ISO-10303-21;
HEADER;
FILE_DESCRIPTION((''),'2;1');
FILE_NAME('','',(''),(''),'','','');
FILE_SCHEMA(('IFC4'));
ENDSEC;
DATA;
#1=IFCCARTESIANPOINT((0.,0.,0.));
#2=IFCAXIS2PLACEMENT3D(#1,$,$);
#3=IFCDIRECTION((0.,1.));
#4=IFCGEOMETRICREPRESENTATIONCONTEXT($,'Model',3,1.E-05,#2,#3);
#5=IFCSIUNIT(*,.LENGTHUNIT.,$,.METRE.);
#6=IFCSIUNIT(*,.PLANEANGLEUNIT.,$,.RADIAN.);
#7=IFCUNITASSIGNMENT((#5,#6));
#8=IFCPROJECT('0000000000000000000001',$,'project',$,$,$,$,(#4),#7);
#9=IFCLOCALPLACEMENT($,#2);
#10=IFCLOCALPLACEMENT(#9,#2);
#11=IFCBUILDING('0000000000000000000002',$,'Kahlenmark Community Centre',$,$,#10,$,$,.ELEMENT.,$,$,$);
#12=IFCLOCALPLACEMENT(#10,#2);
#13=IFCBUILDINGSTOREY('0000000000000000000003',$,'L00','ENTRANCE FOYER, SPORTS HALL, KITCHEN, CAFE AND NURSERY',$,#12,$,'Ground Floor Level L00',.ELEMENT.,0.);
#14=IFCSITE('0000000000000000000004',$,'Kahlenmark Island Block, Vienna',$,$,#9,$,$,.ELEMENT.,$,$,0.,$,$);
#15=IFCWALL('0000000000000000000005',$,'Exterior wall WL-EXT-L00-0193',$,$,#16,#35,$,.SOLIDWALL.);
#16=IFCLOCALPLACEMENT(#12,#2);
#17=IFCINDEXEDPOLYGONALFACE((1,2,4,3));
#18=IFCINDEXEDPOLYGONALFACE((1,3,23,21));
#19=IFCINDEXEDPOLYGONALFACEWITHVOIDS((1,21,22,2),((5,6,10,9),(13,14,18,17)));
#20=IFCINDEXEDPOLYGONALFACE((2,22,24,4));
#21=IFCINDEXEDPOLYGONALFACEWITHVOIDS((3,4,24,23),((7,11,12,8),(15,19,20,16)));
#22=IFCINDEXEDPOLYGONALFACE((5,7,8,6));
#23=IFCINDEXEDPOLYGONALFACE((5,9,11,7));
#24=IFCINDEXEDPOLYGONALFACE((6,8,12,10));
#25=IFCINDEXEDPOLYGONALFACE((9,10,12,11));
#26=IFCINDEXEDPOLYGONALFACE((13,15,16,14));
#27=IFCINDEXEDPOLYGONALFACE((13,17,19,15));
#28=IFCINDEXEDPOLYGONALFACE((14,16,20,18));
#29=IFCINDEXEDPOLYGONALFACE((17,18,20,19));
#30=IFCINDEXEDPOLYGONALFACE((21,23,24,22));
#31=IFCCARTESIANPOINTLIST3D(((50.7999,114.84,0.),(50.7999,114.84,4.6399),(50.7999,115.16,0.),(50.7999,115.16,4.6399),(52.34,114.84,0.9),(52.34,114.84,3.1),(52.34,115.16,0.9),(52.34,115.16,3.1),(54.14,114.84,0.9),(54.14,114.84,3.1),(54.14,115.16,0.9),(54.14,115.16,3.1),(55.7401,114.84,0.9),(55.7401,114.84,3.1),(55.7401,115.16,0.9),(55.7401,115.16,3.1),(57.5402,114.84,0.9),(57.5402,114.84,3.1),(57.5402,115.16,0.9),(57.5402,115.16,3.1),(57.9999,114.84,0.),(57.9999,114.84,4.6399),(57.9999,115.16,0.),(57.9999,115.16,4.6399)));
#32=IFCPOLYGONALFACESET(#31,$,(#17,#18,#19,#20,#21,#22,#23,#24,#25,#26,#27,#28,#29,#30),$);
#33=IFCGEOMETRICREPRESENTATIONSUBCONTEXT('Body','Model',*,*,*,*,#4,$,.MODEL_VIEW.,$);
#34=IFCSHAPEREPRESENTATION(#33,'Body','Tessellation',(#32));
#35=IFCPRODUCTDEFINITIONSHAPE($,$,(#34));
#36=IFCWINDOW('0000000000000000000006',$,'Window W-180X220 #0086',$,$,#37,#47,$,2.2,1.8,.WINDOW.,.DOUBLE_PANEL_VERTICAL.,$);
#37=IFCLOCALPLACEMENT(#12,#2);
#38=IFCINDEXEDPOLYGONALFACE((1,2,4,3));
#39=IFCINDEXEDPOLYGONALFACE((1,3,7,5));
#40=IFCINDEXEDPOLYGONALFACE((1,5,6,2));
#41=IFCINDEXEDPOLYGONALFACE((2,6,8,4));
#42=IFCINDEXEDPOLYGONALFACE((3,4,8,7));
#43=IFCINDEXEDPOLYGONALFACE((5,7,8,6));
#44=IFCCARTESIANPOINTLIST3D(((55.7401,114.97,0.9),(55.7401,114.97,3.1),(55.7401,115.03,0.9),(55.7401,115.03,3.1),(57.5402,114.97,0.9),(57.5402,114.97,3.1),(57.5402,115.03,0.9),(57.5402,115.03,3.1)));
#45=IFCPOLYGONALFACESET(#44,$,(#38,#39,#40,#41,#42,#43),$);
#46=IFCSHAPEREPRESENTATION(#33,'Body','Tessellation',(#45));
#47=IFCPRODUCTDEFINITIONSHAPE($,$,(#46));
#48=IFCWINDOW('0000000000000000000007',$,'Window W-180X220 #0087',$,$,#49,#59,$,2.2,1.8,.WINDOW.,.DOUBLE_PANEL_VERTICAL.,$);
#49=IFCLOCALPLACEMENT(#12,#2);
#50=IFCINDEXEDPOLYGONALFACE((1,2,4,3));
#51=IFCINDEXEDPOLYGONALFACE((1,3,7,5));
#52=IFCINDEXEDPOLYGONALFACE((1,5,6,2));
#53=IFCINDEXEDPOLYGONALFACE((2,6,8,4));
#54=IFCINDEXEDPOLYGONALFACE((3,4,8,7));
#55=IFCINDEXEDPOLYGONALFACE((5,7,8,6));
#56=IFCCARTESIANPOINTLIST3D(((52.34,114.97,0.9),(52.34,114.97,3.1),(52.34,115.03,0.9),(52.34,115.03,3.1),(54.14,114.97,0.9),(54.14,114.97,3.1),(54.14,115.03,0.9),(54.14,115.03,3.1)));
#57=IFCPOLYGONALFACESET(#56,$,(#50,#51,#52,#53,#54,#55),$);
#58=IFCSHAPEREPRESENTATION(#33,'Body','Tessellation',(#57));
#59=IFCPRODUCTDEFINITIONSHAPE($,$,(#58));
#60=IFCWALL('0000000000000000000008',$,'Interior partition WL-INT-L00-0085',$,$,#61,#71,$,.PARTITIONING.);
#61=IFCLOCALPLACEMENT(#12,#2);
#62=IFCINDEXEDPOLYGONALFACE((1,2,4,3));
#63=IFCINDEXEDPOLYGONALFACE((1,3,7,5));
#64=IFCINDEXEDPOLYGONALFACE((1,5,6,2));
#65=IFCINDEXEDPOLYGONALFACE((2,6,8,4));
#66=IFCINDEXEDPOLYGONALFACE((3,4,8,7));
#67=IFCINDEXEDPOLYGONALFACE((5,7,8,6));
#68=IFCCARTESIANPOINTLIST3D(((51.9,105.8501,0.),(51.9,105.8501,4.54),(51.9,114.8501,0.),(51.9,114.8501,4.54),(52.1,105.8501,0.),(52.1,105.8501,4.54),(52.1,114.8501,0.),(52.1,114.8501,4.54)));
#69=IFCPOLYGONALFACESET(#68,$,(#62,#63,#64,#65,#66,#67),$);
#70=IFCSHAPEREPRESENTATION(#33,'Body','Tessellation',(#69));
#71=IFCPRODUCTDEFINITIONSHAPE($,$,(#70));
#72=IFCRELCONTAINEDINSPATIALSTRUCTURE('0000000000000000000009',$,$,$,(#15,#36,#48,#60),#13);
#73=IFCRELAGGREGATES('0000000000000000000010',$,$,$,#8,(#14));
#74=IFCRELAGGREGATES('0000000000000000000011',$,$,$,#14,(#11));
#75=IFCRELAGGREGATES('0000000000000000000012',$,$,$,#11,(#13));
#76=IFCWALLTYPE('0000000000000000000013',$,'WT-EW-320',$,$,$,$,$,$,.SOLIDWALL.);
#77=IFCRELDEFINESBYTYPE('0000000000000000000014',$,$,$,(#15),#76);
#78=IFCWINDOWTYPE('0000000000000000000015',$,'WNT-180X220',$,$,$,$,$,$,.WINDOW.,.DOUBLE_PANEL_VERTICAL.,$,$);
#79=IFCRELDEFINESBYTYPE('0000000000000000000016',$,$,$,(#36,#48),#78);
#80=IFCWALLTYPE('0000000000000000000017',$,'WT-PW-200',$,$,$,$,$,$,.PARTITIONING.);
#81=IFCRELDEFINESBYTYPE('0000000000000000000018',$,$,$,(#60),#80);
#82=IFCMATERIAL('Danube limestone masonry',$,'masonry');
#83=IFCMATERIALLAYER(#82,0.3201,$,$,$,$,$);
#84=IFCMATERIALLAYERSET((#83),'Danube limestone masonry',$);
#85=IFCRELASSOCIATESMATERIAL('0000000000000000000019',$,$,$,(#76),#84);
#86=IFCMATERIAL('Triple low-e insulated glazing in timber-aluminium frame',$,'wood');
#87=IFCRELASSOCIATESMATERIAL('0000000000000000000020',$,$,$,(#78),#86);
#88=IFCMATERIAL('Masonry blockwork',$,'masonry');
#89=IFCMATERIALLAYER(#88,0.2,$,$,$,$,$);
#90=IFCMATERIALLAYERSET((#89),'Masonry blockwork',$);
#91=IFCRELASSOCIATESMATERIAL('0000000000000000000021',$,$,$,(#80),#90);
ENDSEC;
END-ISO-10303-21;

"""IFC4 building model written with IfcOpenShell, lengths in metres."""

from ifc_helpers import new_model, si_unit, direction, frame, frame_2d, origin, place, context, subcontext, project, spatial, rectangle, extrude, material, layer, layer_set, type_object, element, fill, save


model = new_model("IFC4")

# Units and contexts
model_context = context("Model", 3, precision=1e-05, world=origin(), true_north=direction((0.0, 1.0)))
body_context = subcontext(model_context, "Body", "Model", "MODEL_VIEW")
ifc_project = project(units=[si_unit("LENGTHUNIT", "METRE"), si_unit("PLANEANGLEUNIT", "RADIAN")], contexts=[model_context])

# Site, building, storey
site_placement = place(None, origin())
site = spatial("IfcSite", under=ifc_project, at=site_placement, Name="Kahlenmark Island Block, Vienna", CompositionType="ELEMENT", RefElevation=0.0)
building_placement = place(site_placement, origin())
building = spatial("IfcBuilding", under=site, at=building_placement, Name="Kahlenmark Community Centre", CompositionType="ELEMENT")
storey_placement = place(building_placement, origin())
storey = spatial("IfcBuildingStorey", under=building, at=storey_placement, Name="L00", Description="ENTRANCE FOYER, SPORTS HALL, KITCHEN, CAFE AND NURSERY", LongName="Ground Floor Level L00", CompositionType="ELEMENT", Elevation=0.0)

# Shared definitions
ifc_material_1 = material(Name="Danube limestone masonry", Category="masonry")
ifc_layer_1 = layer(ifc_material_1, 0.3201)
ifc_layer_set_1 = layer_set([ifc_layer_1], Name="Danube limestone masonry")
wall_type_1 = type_object("IfcWallType", Name="WT-EW-320", PredefinedType="SOLIDWALL", material=ifc_layer_set_1)
ifc_material_2 = material(Name="Triple low-e insulated glazing in timber-aluminium frame", Category="wood")
window_type = type_object("IfcWindowType", Name="WNT-180X220", PartitioningType="DOUBLE_PANEL_VERTICAL", PredefinedType="WINDOW", material=ifc_material_2)

# Wall, openings, windows
wall_1_placement = place(storey_placement, frame((58.0, 115.0, 0.0), z_axis=(0.0, 0.0, 1.0), x_axis=(-1.0, 0.0, 0.0)))
wall_1 = element("IfcWall", 1, at=wall_1_placement, inside=storey, type_object=wall_type_1, Name="Exterior wall WL-EXT-L00-0193", PredefinedType="SOLIDWALL", context=body_context, shape_type="SweptSolid", body=[
    extrude(rectangle(XDim=7.2, YDim=0.3201, at=frame_2d((3.6001, 0.0))), origin(), (0.0, 0.0, 1.0), 4.6399),
])
opening_1_placement = place(wall_1_placement, frame((0.46, 0.0, 0.8999)))
opening_1 = element("IfcOpeningElement", 2, at=opening_1_placement, cuts=wall_1, PredefinedType="OPENING", context=body_context, shape_type="SweptSolid", body=[
    extrude(rectangle(XDim=1.8, YDim=2.2, at=frame_2d((0.8999, 1.1001))), frame((0.0, 0.1699, 0.0), z_axis=(0.0, -1.0, 0.0), x_axis=(1.0, 0.0, 0.0)), (0.0, 0.0, 1.0), 0.3401),
])
opening_2_placement = place(wall_1_placement, frame((3.8601, 0.0, 0.8999)))
opening_2 = element("IfcOpeningElement", 3, at=opening_2_placement, cuts=wall_1, PredefinedType="OPENING", context=body_context, shape_type="SweptSolid", body=[
    extrude(rectangle(XDim=1.8, YDim=2.2, at=frame_2d((0.8999, 1.1001))), frame((0.0, 0.1699, 0.0), z_axis=(0.0, -1.0, 0.0), x_axis=(1.0, 0.0, 0.0)), (0.0, 0.0, 1.0), 0.3401),
])
window_1_placement = place(opening_1_placement, origin())
window_1 = element("IfcWindow", 4, at=window_1_placement, inside=storey, type_object=window_type, Name="Window W-180X220 #0086", OverallHeight=2.2, OverallWidth=1.8, PartitioningType="DOUBLE_PANEL_VERTICAL", PredefinedType="WINDOW", context=body_context, shape_type="SweptSolid", body=[
    extrude(rectangle(XDim=1.8, YDim=2.2, at=frame_2d((0.8999, 1.1001))), frame((0.0, 0.03, 0.0), z_axis=(0.0, -1.0, 0.0), x_axis=(1.0, 0.0, 0.0)), (0.0, 0.0, 1.0), 0.0601),
])
fill(opening_1, window_1)
window_2_placement = place(opening_2_placement, origin())
window_2 = element("IfcWindow", 5, at=window_2_placement, inside=storey, type_object=window_type, Name="Window W-180X220 #0087", OverallHeight=2.2, OverallWidth=1.8, PartitioningType="DOUBLE_PANEL_VERTICAL", PredefinedType="WINDOW", context=body_context, shape_type="SweptSolid", body=[
    extrude(rectangle(XDim=1.8, YDim=2.2, at=frame_2d((0.8999, 1.1001))), frame((0.0, 0.03, 0.0), z_axis=(0.0, -1.0, 0.0), x_axis=(1.0, 0.0, 0.0)), (0.0, 0.0, 1.0), 0.0601),
])
fill(opening_2, window_2)

# Wall
ifc_material_3 = material(Name="Masonry blockwork", Category="masonry")
ifc_layer_2 = layer(ifc_material_3, 0.2)
ifc_layer_set_2 = layer_set([ifc_layer_2], Name="Masonry blockwork")
wall_type_2 = type_object("IfcWallType", Name="WT-PW-200", PredefinedType="PARTITIONING", material=ifc_layer_set_2)
wall_2_placement = place(storey_placement, frame((52.0, 105.8501, 0.0), z_axis=(0.0, 0.0, 1.0), x_axis=(0.0, 1.0, 0.0)))
element("IfcWall", 6, at=wall_2_placement, inside=storey, type_object=wall_type_2, Name="Interior partition WL-INT-L00-0085", PredefinedType="PARTITIONING", context=body_context, shape_type="SweptSolid", body=[
    extrude(rectangle(XDim=9.0, YDim=0.2, at=frame_2d((4.5, 0.0))), origin(), (0.0, 0.0, 1.0), 4.54),
])

save(model, "model.ifc")
